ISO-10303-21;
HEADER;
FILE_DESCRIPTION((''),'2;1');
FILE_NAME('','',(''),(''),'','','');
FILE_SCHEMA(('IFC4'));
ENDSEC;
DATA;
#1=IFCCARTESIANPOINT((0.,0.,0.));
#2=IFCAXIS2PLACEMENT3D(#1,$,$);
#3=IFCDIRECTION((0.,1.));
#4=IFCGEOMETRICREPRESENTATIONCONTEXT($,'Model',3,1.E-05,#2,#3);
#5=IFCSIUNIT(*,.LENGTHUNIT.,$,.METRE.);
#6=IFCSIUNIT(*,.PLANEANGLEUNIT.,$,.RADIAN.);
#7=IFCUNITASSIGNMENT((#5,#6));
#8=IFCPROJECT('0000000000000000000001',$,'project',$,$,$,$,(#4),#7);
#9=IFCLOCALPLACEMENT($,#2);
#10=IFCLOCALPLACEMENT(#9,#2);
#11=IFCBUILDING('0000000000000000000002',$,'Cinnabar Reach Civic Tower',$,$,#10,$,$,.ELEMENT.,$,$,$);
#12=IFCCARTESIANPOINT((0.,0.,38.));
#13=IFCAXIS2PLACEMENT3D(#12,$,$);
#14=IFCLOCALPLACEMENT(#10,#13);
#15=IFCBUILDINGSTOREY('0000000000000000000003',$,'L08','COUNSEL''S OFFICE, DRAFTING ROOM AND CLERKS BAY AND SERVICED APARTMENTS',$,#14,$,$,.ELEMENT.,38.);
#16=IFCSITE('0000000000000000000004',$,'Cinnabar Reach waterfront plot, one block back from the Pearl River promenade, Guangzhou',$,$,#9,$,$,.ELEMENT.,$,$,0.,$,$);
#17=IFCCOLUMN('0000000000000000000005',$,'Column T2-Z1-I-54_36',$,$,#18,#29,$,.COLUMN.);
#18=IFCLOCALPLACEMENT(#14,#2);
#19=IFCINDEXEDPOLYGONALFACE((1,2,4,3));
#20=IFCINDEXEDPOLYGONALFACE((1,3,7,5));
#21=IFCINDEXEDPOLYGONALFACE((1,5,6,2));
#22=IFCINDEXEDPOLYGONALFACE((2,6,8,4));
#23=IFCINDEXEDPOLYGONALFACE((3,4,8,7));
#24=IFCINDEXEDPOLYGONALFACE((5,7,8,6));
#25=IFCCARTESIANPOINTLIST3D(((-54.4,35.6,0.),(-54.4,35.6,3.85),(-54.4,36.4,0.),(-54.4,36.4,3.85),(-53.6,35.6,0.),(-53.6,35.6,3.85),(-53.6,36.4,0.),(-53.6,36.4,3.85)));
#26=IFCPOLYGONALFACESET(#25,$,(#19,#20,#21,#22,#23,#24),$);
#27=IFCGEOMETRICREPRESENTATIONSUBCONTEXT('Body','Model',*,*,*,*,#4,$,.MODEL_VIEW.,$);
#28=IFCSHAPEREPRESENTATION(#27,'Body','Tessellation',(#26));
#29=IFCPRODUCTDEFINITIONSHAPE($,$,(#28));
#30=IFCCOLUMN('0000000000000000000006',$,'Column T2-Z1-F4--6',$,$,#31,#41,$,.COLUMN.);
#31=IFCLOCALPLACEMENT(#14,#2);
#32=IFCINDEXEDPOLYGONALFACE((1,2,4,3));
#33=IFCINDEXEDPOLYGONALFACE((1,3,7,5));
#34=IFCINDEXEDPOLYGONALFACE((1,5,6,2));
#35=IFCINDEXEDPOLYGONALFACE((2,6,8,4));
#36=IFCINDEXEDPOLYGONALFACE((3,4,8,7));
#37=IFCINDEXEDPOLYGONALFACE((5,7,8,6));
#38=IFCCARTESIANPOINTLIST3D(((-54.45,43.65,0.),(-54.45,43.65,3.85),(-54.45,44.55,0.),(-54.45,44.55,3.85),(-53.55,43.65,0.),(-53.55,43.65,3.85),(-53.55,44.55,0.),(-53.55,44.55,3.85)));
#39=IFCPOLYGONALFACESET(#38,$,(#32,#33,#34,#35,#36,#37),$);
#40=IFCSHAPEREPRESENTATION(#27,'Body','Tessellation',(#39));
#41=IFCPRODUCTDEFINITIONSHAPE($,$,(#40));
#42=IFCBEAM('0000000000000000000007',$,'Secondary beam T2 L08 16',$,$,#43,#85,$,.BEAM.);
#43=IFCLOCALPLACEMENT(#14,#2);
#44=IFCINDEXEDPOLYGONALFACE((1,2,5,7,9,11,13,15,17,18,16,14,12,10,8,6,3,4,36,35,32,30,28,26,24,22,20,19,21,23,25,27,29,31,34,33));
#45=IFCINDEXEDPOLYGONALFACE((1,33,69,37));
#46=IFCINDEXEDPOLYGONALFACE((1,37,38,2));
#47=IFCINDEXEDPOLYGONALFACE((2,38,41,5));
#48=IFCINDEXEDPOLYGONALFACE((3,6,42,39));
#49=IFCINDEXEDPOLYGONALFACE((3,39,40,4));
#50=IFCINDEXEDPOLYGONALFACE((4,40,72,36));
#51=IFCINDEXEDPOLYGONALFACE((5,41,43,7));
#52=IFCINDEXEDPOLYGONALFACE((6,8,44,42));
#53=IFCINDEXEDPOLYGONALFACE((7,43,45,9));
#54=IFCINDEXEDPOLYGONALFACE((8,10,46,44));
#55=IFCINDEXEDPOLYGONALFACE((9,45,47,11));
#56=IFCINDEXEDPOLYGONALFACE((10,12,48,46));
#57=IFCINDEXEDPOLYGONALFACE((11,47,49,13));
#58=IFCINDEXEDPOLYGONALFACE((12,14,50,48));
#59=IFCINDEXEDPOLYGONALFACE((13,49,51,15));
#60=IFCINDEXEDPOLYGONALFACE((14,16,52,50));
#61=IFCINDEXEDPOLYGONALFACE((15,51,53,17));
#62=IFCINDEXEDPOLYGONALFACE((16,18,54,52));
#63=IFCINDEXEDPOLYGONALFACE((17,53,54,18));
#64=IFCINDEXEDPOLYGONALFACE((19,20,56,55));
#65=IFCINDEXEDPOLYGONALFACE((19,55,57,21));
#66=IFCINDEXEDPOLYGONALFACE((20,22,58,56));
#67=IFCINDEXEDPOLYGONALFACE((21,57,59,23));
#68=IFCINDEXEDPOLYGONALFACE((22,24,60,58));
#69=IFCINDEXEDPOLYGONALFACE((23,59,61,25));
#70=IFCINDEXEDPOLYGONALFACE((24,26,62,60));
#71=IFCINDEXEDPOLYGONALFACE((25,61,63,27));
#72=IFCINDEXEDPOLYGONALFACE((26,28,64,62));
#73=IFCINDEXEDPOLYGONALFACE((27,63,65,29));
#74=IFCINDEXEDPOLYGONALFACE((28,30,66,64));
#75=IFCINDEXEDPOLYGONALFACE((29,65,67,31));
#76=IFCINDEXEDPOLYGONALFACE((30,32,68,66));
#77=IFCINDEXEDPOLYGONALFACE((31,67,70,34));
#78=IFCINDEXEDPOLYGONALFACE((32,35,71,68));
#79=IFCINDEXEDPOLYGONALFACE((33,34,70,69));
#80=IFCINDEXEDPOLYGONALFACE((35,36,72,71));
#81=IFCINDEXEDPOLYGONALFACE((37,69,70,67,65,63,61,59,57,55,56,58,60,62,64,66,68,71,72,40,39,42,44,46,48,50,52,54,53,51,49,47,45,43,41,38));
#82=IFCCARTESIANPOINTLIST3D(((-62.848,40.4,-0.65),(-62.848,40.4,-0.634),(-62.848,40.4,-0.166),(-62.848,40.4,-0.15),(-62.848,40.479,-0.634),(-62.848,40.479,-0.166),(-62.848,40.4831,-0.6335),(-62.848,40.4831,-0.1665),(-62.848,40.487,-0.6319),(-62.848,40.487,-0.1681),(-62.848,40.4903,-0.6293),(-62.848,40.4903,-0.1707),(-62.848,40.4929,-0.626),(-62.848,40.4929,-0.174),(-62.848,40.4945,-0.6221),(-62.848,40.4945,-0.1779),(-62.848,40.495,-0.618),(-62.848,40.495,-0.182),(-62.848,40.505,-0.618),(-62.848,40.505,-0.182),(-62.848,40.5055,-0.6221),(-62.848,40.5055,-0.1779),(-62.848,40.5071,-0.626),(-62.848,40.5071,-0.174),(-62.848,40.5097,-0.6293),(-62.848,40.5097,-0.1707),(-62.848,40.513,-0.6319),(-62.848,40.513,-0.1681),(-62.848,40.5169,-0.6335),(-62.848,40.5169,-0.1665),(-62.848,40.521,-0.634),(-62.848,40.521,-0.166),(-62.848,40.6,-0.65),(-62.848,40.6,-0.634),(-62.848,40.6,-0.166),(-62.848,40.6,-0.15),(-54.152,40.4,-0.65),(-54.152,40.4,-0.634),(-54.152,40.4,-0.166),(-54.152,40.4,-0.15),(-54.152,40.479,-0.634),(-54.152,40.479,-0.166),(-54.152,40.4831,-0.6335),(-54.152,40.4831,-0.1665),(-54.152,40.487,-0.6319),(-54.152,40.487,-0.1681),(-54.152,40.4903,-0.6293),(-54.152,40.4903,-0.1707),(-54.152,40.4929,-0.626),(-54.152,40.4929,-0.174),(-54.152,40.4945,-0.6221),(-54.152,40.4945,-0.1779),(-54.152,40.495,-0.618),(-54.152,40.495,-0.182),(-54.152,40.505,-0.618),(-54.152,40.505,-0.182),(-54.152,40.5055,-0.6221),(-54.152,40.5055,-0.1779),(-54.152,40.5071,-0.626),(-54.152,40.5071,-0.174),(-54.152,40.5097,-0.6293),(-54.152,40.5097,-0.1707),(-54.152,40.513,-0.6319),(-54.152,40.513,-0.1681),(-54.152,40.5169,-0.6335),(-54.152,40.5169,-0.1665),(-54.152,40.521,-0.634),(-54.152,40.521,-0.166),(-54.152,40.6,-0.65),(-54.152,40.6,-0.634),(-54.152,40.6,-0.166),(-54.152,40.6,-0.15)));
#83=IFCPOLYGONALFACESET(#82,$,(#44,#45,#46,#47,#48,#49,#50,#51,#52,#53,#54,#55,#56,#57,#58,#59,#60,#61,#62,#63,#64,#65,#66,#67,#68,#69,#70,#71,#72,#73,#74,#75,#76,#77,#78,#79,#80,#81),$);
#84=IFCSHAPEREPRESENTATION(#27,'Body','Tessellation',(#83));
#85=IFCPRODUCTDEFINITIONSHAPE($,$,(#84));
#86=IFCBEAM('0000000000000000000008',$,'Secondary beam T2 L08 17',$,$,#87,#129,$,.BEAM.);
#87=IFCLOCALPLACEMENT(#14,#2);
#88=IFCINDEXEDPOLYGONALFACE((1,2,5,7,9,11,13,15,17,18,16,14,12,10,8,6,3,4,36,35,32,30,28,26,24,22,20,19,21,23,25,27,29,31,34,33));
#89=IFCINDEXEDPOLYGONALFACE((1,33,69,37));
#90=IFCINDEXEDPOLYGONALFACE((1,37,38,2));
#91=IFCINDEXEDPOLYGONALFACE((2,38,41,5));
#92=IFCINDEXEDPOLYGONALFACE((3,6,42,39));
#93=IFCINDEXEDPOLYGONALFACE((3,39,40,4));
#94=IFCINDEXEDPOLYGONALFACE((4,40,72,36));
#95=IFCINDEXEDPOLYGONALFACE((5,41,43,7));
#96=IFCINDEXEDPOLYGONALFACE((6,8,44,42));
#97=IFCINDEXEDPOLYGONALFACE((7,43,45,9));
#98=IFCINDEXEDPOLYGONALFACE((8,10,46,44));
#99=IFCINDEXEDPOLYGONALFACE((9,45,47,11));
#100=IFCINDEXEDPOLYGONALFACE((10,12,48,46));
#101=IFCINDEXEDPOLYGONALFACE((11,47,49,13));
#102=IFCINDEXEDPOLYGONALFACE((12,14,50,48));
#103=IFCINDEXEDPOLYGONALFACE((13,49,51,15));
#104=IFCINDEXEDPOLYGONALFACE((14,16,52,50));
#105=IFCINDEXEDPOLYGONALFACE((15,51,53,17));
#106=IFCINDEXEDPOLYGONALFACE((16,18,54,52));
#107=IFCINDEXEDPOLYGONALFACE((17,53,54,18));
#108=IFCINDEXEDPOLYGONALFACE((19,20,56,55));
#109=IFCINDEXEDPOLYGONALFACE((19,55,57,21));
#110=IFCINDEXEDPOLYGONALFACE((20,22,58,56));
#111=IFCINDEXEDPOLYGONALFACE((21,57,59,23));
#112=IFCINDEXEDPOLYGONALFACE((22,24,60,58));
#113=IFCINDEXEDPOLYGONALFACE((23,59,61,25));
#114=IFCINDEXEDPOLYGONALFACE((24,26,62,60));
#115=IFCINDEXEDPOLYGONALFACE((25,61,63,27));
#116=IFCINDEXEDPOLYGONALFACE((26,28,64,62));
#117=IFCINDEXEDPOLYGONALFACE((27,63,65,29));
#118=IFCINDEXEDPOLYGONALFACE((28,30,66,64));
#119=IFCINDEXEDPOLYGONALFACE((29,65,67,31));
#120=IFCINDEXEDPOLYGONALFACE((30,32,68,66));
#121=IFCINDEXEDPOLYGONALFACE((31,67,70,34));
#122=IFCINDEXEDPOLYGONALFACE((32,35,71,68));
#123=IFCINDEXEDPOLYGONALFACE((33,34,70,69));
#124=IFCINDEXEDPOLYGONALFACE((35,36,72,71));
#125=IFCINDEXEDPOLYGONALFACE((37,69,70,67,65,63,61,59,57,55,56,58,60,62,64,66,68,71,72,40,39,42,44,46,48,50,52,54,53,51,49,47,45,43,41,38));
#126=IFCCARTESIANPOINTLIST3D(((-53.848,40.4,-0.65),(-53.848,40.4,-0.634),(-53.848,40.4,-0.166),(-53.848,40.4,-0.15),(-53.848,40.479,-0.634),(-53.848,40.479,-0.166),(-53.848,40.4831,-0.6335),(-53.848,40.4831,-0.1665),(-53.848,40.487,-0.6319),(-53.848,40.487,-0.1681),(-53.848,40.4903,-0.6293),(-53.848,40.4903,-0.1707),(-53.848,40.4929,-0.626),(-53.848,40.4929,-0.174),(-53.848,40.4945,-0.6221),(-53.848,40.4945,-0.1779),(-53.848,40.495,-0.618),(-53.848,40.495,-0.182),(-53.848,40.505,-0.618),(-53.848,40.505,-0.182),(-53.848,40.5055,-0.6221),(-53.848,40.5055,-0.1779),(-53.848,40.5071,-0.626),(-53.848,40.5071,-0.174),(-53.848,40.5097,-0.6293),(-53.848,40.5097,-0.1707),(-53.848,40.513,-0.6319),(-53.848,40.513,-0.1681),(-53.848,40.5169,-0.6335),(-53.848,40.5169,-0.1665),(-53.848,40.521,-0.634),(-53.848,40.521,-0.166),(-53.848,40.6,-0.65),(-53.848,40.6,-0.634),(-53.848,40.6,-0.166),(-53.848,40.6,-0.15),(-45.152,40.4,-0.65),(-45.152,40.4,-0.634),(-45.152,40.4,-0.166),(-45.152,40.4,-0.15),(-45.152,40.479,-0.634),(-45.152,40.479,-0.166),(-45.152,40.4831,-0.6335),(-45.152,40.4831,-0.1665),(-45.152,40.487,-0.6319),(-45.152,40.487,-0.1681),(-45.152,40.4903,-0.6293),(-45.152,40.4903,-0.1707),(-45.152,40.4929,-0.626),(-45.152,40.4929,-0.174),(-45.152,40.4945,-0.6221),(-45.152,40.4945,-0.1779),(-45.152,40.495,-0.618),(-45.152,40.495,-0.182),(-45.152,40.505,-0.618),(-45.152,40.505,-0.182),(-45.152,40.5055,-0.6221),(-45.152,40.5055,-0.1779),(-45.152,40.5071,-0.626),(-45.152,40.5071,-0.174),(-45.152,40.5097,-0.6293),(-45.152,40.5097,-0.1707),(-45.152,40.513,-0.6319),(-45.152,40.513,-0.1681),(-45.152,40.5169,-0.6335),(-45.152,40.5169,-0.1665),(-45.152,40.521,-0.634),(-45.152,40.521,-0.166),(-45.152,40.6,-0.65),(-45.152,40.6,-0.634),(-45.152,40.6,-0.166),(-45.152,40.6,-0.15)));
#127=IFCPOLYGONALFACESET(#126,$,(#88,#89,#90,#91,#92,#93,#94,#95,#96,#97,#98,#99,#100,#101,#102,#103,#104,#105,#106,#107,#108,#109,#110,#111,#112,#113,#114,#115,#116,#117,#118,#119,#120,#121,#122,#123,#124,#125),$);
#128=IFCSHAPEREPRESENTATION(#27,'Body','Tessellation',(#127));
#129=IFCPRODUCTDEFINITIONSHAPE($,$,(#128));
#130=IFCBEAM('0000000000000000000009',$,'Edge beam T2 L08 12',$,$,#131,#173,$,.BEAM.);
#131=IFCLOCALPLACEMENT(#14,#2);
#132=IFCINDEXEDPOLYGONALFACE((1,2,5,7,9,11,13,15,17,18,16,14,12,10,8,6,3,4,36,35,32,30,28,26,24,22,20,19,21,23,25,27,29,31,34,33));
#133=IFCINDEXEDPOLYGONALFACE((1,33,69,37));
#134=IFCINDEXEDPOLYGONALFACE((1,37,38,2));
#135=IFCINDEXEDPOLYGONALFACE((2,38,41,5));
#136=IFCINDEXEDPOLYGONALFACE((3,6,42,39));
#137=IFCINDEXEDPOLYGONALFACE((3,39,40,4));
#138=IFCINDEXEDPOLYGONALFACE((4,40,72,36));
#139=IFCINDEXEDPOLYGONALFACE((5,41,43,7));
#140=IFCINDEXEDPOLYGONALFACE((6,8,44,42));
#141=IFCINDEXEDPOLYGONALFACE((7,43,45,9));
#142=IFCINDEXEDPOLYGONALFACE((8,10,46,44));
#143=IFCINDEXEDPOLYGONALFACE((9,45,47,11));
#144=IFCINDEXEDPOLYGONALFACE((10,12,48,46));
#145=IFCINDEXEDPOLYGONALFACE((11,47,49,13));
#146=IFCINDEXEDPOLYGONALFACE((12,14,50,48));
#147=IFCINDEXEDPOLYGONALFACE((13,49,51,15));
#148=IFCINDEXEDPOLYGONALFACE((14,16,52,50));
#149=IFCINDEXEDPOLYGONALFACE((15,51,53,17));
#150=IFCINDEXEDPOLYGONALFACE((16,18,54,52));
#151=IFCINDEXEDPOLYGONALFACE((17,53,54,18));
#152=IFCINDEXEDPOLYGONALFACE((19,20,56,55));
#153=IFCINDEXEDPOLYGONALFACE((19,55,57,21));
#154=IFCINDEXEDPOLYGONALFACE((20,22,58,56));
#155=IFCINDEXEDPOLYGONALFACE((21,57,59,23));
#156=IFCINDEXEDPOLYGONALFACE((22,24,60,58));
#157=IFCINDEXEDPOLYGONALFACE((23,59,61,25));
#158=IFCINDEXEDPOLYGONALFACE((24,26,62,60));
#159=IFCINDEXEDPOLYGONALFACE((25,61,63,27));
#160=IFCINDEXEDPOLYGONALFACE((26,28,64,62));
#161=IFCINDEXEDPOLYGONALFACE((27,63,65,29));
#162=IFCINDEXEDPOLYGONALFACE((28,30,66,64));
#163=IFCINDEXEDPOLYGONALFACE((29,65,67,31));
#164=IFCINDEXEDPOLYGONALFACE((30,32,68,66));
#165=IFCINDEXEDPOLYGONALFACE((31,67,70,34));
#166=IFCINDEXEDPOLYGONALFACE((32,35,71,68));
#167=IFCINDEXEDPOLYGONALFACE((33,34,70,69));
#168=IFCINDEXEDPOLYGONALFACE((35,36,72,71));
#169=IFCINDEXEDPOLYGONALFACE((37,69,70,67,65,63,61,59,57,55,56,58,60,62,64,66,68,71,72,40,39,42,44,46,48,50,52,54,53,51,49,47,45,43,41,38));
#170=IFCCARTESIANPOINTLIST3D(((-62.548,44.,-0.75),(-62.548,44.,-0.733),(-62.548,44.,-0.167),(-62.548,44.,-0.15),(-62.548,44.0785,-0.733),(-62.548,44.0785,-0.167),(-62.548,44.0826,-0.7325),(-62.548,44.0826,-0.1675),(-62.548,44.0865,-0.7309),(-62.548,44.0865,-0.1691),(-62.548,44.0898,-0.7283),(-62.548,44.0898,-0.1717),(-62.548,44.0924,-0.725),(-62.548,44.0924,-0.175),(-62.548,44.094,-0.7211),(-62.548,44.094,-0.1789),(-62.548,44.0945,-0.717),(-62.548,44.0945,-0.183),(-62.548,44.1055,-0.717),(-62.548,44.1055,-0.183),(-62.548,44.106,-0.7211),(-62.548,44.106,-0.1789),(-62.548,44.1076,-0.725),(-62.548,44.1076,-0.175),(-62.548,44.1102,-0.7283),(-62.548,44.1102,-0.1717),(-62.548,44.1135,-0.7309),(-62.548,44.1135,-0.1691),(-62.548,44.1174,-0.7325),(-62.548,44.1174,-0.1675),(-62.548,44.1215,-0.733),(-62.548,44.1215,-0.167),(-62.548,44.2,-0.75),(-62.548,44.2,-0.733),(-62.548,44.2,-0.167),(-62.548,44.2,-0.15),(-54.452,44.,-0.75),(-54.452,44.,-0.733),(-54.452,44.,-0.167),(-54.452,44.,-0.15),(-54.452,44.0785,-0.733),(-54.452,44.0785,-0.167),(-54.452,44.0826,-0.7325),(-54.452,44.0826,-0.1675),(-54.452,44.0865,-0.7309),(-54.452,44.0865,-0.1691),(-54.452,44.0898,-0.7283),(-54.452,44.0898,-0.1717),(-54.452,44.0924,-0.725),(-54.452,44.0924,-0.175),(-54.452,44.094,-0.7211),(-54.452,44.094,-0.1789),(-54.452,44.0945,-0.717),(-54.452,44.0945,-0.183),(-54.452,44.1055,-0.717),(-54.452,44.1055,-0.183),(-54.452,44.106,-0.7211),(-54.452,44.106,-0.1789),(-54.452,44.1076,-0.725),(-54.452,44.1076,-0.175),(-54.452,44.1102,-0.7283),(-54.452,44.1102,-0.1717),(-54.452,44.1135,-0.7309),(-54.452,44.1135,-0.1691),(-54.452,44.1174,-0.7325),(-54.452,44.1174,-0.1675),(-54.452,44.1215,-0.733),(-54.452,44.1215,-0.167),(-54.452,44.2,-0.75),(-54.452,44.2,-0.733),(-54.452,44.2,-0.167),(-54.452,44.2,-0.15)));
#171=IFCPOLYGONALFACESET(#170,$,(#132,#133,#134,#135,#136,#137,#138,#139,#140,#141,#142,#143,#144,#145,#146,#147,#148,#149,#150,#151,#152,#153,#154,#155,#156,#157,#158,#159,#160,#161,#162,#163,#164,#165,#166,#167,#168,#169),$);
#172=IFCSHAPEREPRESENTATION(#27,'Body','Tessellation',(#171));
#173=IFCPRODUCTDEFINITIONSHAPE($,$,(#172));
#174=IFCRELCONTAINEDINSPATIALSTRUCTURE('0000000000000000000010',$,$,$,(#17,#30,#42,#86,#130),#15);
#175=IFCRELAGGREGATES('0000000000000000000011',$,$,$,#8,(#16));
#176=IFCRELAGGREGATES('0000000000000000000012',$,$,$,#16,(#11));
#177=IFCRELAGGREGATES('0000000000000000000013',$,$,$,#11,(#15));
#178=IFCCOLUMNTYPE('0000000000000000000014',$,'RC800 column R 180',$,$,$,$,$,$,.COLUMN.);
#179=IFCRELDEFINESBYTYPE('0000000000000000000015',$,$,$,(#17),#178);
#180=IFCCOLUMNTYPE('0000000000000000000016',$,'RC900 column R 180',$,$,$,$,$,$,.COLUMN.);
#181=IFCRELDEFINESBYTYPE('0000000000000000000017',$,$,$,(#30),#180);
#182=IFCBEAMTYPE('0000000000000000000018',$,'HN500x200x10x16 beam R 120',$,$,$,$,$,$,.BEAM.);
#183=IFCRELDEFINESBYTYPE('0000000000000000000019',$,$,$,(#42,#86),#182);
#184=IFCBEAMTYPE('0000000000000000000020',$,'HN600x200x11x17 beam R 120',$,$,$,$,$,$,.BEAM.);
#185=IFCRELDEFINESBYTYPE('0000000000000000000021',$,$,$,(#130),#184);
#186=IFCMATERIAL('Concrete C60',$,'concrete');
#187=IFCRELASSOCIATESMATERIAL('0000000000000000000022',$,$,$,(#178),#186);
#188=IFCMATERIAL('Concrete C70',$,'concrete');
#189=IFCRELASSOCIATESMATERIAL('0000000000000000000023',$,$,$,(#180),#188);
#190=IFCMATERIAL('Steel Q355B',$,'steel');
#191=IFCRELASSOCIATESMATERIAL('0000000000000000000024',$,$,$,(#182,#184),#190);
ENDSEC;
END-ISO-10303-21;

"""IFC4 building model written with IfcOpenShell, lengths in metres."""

from ifc_helpers import new_model, si_unit, direction, frame, origin, origin_2d, place, context, subcontext, project, spatial, rectangle, i_section, extrude, material, material_profile, profile_set, type_object, element, save


model = new_model("IFC4")

# Units and contexts
model_context = context("Model", 3, precision=1e-05, world=origin(), true_north=direction((0.0, 1.0)))
body_context = subcontext(model_context, "Body", "Model", "MODEL_VIEW")
ifc_project = project(units=[si_unit("LENGTHUNIT", "METRE"), si_unit("PLANEANGLEUNIT", "RADIAN")], contexts=[model_context])

# Site, building, storey
site_placement = place(None, origin())
site = spatial("IfcSite", under=ifc_project, at=site_placement, Name="Cinnabar Reach waterfront plot, one block back from the Pearl River promenade, Guangzhou", CompositionType="ELEMENT", RefElevation=0.0)
building_placement = place(site_placement, origin())
building = spatial("IfcBuilding", under=site, at=building_placement, Name="Cinnabar Reach Civic Tower", CompositionType="ELEMENT")
storey_placement = place(building_placement, frame((0.0, 0.0, 38.0)))
storey = spatial("IfcBuildingStorey", under=building, at=storey_placement, Name="L08", Description="COUNSEL'S OFFICE, DRAFTING ROOM AND CLERKS BAY AND SERVICED APARTMENTS", CompositionType="ELEMENT", Elevation=38.0)

# Columns
ifc_material_1 = material(Name="Concrete C60", Category="concrete")
ifc_material_profile_1 = material_profile(ifc_material_1, rectangle(XDim=0.8, YDim=0.8, at=origin_2d()), Name="RC800")
ifc_profile_set_1 = profile_set([ifc_material_profile_1], Name="Concrete C60")
column_type_1 = type_object("IfcColumnType", Name="RC800 column R 180", PredefinedType="COLUMN", material=ifc_profile_set_1)
column_1_placement = place(storey_placement, frame((-54.0, 36.0, 0.0), z_axis=(0.0, 0.0, 1.0), x_axis=(1.0, 0.0, 0.0)))
element("IfcColumn", 1, at=column_1_placement, inside=storey, type_object=column_type_1, Name="Column T2-Z1-I-54_36", PredefinedType="COLUMN", context=body_context, shape_type="SweptSolid", body=[
    extrude(rectangle(XDim=0.8, YDim=0.8, at=origin_2d()), origin(), (0.0, 0.0, 1.0), 3.85),
])
ifc_material_2 = material(Name="Concrete C70", Category="concrete")
ifc_material_profile_2 = material_profile(ifc_material_2, rectangle(XDim=0.9, YDim=0.9, at=origin_2d()), Name="RC900")
ifc_profile_set_2 = profile_set([ifc_material_profile_2], Name="Concrete C70")
column_type_2 = type_object("IfcColumnType", Name="RC900 column R 180", PredefinedType="COLUMN", material=ifc_profile_set_2)
column_2_placement = place(storey_placement, frame((-54.0, 44.1, 0.0), z_axis=(0.0, 0.0, 1.0), x_axis=(1.0, 0.0, 0.0)))
element("IfcColumn", 2, at=column_2_placement, inside=storey, type_object=column_type_2, Name="Column T2-Z1-F4--6", PredefinedType="COLUMN", context=body_context, shape_type="SweptSolid", body=[
    extrude(rectangle(XDim=0.9, YDim=0.9, at=origin_2d()), origin(), (0.0, 0.0, 1.0), 3.85),
])

# Beams
ifc_material_3 = material(Name="Steel Q355B", Category="steel")
ifc_material_profile_3 = material_profile(ifc_material_3, i_section(OverallWidth=0.2, OverallDepth=0.5, WebThickness=0.01, FlangeThickness=0.016, FilletRadius=0.016, at=origin_2d()), Name="HN500x200x10x16")
ifc_profile_set_3 = profile_set([ifc_material_profile_3], Name="Steel Q355B")
beam_type_1 = type_object("IfcBeamType", Name="HN500x200x10x16 beam R 120", PredefinedType="BEAM", material=ifc_profile_set_3)
for number, where, z_axis, x_axis, name in (
    (3, (-62.848, 40.5, -0.4), (1.0, 0.0, 0.0), (0.0, 1.0, 0.0), "Secondary beam T2 L08 16"),
    (4, (-53.848, 40.5, -0.4), (1.0, 0.0, 0.0), (0.0, 1.0, 0.0), "Secondary beam T2 L08 17"),
):
    element("IfcBeam", number, at=place(storey_placement, frame(where, z_axis=z_axis, x_axis=x_axis)), inside=storey, type_object=beam_type_1, Name=name, PredefinedType="BEAM", context=body_context, shape_type="SweptSolid", body=[
        extrude(i_section(OverallWidth=0.2, OverallDepth=0.5, WebThickness=0.01, FlangeThickness=0.016, FilletRadius=0.016, at=origin_2d()), origin(), (0.0, 0.0, 1.0), 8.696),
    ])
ifc_material_profile_4 = material_profile(ifc_material_3, i_section(OverallWidth=0.2, OverallDepth=0.6, WebThickness=0.011, FlangeThickness=0.017, FilletRadius=0.016, at=origin_2d()), Name="HN600x200x11x17")
ifc_profile_set_4 = profile_set([ifc_material_profile_4], Name="Steel Q355B")
beam_type_2 = type_object("IfcBeamType", Name="HN600x200x11x17 beam R 120", PredefinedType="BEAM", material=ifc_profile_set_4)
beam_1_placement = place(storey_placement, frame((-54.452, 44.1, -0.45), z_axis=(-1.0, 0.0, 0.0), x_axis=(0.0, -1.0, 0.0)))
element("IfcBeam", 5, at=beam_1_placement, inside=storey, type_object=beam_type_2, Name="Edge beam T2 L08 12", PredefinedType="BEAM", context=body_context, shape_type="SweptSolid", body=[
    extrude(i_section(OverallWidth=0.2, OverallDepth=0.6, WebThickness=0.011, FlangeThickness=0.017, FilletRadius=0.016, at=origin_2d()), origin(), (0.0, 0.0, 1.0), 8.096),
])

save(model, "model.ifc")
